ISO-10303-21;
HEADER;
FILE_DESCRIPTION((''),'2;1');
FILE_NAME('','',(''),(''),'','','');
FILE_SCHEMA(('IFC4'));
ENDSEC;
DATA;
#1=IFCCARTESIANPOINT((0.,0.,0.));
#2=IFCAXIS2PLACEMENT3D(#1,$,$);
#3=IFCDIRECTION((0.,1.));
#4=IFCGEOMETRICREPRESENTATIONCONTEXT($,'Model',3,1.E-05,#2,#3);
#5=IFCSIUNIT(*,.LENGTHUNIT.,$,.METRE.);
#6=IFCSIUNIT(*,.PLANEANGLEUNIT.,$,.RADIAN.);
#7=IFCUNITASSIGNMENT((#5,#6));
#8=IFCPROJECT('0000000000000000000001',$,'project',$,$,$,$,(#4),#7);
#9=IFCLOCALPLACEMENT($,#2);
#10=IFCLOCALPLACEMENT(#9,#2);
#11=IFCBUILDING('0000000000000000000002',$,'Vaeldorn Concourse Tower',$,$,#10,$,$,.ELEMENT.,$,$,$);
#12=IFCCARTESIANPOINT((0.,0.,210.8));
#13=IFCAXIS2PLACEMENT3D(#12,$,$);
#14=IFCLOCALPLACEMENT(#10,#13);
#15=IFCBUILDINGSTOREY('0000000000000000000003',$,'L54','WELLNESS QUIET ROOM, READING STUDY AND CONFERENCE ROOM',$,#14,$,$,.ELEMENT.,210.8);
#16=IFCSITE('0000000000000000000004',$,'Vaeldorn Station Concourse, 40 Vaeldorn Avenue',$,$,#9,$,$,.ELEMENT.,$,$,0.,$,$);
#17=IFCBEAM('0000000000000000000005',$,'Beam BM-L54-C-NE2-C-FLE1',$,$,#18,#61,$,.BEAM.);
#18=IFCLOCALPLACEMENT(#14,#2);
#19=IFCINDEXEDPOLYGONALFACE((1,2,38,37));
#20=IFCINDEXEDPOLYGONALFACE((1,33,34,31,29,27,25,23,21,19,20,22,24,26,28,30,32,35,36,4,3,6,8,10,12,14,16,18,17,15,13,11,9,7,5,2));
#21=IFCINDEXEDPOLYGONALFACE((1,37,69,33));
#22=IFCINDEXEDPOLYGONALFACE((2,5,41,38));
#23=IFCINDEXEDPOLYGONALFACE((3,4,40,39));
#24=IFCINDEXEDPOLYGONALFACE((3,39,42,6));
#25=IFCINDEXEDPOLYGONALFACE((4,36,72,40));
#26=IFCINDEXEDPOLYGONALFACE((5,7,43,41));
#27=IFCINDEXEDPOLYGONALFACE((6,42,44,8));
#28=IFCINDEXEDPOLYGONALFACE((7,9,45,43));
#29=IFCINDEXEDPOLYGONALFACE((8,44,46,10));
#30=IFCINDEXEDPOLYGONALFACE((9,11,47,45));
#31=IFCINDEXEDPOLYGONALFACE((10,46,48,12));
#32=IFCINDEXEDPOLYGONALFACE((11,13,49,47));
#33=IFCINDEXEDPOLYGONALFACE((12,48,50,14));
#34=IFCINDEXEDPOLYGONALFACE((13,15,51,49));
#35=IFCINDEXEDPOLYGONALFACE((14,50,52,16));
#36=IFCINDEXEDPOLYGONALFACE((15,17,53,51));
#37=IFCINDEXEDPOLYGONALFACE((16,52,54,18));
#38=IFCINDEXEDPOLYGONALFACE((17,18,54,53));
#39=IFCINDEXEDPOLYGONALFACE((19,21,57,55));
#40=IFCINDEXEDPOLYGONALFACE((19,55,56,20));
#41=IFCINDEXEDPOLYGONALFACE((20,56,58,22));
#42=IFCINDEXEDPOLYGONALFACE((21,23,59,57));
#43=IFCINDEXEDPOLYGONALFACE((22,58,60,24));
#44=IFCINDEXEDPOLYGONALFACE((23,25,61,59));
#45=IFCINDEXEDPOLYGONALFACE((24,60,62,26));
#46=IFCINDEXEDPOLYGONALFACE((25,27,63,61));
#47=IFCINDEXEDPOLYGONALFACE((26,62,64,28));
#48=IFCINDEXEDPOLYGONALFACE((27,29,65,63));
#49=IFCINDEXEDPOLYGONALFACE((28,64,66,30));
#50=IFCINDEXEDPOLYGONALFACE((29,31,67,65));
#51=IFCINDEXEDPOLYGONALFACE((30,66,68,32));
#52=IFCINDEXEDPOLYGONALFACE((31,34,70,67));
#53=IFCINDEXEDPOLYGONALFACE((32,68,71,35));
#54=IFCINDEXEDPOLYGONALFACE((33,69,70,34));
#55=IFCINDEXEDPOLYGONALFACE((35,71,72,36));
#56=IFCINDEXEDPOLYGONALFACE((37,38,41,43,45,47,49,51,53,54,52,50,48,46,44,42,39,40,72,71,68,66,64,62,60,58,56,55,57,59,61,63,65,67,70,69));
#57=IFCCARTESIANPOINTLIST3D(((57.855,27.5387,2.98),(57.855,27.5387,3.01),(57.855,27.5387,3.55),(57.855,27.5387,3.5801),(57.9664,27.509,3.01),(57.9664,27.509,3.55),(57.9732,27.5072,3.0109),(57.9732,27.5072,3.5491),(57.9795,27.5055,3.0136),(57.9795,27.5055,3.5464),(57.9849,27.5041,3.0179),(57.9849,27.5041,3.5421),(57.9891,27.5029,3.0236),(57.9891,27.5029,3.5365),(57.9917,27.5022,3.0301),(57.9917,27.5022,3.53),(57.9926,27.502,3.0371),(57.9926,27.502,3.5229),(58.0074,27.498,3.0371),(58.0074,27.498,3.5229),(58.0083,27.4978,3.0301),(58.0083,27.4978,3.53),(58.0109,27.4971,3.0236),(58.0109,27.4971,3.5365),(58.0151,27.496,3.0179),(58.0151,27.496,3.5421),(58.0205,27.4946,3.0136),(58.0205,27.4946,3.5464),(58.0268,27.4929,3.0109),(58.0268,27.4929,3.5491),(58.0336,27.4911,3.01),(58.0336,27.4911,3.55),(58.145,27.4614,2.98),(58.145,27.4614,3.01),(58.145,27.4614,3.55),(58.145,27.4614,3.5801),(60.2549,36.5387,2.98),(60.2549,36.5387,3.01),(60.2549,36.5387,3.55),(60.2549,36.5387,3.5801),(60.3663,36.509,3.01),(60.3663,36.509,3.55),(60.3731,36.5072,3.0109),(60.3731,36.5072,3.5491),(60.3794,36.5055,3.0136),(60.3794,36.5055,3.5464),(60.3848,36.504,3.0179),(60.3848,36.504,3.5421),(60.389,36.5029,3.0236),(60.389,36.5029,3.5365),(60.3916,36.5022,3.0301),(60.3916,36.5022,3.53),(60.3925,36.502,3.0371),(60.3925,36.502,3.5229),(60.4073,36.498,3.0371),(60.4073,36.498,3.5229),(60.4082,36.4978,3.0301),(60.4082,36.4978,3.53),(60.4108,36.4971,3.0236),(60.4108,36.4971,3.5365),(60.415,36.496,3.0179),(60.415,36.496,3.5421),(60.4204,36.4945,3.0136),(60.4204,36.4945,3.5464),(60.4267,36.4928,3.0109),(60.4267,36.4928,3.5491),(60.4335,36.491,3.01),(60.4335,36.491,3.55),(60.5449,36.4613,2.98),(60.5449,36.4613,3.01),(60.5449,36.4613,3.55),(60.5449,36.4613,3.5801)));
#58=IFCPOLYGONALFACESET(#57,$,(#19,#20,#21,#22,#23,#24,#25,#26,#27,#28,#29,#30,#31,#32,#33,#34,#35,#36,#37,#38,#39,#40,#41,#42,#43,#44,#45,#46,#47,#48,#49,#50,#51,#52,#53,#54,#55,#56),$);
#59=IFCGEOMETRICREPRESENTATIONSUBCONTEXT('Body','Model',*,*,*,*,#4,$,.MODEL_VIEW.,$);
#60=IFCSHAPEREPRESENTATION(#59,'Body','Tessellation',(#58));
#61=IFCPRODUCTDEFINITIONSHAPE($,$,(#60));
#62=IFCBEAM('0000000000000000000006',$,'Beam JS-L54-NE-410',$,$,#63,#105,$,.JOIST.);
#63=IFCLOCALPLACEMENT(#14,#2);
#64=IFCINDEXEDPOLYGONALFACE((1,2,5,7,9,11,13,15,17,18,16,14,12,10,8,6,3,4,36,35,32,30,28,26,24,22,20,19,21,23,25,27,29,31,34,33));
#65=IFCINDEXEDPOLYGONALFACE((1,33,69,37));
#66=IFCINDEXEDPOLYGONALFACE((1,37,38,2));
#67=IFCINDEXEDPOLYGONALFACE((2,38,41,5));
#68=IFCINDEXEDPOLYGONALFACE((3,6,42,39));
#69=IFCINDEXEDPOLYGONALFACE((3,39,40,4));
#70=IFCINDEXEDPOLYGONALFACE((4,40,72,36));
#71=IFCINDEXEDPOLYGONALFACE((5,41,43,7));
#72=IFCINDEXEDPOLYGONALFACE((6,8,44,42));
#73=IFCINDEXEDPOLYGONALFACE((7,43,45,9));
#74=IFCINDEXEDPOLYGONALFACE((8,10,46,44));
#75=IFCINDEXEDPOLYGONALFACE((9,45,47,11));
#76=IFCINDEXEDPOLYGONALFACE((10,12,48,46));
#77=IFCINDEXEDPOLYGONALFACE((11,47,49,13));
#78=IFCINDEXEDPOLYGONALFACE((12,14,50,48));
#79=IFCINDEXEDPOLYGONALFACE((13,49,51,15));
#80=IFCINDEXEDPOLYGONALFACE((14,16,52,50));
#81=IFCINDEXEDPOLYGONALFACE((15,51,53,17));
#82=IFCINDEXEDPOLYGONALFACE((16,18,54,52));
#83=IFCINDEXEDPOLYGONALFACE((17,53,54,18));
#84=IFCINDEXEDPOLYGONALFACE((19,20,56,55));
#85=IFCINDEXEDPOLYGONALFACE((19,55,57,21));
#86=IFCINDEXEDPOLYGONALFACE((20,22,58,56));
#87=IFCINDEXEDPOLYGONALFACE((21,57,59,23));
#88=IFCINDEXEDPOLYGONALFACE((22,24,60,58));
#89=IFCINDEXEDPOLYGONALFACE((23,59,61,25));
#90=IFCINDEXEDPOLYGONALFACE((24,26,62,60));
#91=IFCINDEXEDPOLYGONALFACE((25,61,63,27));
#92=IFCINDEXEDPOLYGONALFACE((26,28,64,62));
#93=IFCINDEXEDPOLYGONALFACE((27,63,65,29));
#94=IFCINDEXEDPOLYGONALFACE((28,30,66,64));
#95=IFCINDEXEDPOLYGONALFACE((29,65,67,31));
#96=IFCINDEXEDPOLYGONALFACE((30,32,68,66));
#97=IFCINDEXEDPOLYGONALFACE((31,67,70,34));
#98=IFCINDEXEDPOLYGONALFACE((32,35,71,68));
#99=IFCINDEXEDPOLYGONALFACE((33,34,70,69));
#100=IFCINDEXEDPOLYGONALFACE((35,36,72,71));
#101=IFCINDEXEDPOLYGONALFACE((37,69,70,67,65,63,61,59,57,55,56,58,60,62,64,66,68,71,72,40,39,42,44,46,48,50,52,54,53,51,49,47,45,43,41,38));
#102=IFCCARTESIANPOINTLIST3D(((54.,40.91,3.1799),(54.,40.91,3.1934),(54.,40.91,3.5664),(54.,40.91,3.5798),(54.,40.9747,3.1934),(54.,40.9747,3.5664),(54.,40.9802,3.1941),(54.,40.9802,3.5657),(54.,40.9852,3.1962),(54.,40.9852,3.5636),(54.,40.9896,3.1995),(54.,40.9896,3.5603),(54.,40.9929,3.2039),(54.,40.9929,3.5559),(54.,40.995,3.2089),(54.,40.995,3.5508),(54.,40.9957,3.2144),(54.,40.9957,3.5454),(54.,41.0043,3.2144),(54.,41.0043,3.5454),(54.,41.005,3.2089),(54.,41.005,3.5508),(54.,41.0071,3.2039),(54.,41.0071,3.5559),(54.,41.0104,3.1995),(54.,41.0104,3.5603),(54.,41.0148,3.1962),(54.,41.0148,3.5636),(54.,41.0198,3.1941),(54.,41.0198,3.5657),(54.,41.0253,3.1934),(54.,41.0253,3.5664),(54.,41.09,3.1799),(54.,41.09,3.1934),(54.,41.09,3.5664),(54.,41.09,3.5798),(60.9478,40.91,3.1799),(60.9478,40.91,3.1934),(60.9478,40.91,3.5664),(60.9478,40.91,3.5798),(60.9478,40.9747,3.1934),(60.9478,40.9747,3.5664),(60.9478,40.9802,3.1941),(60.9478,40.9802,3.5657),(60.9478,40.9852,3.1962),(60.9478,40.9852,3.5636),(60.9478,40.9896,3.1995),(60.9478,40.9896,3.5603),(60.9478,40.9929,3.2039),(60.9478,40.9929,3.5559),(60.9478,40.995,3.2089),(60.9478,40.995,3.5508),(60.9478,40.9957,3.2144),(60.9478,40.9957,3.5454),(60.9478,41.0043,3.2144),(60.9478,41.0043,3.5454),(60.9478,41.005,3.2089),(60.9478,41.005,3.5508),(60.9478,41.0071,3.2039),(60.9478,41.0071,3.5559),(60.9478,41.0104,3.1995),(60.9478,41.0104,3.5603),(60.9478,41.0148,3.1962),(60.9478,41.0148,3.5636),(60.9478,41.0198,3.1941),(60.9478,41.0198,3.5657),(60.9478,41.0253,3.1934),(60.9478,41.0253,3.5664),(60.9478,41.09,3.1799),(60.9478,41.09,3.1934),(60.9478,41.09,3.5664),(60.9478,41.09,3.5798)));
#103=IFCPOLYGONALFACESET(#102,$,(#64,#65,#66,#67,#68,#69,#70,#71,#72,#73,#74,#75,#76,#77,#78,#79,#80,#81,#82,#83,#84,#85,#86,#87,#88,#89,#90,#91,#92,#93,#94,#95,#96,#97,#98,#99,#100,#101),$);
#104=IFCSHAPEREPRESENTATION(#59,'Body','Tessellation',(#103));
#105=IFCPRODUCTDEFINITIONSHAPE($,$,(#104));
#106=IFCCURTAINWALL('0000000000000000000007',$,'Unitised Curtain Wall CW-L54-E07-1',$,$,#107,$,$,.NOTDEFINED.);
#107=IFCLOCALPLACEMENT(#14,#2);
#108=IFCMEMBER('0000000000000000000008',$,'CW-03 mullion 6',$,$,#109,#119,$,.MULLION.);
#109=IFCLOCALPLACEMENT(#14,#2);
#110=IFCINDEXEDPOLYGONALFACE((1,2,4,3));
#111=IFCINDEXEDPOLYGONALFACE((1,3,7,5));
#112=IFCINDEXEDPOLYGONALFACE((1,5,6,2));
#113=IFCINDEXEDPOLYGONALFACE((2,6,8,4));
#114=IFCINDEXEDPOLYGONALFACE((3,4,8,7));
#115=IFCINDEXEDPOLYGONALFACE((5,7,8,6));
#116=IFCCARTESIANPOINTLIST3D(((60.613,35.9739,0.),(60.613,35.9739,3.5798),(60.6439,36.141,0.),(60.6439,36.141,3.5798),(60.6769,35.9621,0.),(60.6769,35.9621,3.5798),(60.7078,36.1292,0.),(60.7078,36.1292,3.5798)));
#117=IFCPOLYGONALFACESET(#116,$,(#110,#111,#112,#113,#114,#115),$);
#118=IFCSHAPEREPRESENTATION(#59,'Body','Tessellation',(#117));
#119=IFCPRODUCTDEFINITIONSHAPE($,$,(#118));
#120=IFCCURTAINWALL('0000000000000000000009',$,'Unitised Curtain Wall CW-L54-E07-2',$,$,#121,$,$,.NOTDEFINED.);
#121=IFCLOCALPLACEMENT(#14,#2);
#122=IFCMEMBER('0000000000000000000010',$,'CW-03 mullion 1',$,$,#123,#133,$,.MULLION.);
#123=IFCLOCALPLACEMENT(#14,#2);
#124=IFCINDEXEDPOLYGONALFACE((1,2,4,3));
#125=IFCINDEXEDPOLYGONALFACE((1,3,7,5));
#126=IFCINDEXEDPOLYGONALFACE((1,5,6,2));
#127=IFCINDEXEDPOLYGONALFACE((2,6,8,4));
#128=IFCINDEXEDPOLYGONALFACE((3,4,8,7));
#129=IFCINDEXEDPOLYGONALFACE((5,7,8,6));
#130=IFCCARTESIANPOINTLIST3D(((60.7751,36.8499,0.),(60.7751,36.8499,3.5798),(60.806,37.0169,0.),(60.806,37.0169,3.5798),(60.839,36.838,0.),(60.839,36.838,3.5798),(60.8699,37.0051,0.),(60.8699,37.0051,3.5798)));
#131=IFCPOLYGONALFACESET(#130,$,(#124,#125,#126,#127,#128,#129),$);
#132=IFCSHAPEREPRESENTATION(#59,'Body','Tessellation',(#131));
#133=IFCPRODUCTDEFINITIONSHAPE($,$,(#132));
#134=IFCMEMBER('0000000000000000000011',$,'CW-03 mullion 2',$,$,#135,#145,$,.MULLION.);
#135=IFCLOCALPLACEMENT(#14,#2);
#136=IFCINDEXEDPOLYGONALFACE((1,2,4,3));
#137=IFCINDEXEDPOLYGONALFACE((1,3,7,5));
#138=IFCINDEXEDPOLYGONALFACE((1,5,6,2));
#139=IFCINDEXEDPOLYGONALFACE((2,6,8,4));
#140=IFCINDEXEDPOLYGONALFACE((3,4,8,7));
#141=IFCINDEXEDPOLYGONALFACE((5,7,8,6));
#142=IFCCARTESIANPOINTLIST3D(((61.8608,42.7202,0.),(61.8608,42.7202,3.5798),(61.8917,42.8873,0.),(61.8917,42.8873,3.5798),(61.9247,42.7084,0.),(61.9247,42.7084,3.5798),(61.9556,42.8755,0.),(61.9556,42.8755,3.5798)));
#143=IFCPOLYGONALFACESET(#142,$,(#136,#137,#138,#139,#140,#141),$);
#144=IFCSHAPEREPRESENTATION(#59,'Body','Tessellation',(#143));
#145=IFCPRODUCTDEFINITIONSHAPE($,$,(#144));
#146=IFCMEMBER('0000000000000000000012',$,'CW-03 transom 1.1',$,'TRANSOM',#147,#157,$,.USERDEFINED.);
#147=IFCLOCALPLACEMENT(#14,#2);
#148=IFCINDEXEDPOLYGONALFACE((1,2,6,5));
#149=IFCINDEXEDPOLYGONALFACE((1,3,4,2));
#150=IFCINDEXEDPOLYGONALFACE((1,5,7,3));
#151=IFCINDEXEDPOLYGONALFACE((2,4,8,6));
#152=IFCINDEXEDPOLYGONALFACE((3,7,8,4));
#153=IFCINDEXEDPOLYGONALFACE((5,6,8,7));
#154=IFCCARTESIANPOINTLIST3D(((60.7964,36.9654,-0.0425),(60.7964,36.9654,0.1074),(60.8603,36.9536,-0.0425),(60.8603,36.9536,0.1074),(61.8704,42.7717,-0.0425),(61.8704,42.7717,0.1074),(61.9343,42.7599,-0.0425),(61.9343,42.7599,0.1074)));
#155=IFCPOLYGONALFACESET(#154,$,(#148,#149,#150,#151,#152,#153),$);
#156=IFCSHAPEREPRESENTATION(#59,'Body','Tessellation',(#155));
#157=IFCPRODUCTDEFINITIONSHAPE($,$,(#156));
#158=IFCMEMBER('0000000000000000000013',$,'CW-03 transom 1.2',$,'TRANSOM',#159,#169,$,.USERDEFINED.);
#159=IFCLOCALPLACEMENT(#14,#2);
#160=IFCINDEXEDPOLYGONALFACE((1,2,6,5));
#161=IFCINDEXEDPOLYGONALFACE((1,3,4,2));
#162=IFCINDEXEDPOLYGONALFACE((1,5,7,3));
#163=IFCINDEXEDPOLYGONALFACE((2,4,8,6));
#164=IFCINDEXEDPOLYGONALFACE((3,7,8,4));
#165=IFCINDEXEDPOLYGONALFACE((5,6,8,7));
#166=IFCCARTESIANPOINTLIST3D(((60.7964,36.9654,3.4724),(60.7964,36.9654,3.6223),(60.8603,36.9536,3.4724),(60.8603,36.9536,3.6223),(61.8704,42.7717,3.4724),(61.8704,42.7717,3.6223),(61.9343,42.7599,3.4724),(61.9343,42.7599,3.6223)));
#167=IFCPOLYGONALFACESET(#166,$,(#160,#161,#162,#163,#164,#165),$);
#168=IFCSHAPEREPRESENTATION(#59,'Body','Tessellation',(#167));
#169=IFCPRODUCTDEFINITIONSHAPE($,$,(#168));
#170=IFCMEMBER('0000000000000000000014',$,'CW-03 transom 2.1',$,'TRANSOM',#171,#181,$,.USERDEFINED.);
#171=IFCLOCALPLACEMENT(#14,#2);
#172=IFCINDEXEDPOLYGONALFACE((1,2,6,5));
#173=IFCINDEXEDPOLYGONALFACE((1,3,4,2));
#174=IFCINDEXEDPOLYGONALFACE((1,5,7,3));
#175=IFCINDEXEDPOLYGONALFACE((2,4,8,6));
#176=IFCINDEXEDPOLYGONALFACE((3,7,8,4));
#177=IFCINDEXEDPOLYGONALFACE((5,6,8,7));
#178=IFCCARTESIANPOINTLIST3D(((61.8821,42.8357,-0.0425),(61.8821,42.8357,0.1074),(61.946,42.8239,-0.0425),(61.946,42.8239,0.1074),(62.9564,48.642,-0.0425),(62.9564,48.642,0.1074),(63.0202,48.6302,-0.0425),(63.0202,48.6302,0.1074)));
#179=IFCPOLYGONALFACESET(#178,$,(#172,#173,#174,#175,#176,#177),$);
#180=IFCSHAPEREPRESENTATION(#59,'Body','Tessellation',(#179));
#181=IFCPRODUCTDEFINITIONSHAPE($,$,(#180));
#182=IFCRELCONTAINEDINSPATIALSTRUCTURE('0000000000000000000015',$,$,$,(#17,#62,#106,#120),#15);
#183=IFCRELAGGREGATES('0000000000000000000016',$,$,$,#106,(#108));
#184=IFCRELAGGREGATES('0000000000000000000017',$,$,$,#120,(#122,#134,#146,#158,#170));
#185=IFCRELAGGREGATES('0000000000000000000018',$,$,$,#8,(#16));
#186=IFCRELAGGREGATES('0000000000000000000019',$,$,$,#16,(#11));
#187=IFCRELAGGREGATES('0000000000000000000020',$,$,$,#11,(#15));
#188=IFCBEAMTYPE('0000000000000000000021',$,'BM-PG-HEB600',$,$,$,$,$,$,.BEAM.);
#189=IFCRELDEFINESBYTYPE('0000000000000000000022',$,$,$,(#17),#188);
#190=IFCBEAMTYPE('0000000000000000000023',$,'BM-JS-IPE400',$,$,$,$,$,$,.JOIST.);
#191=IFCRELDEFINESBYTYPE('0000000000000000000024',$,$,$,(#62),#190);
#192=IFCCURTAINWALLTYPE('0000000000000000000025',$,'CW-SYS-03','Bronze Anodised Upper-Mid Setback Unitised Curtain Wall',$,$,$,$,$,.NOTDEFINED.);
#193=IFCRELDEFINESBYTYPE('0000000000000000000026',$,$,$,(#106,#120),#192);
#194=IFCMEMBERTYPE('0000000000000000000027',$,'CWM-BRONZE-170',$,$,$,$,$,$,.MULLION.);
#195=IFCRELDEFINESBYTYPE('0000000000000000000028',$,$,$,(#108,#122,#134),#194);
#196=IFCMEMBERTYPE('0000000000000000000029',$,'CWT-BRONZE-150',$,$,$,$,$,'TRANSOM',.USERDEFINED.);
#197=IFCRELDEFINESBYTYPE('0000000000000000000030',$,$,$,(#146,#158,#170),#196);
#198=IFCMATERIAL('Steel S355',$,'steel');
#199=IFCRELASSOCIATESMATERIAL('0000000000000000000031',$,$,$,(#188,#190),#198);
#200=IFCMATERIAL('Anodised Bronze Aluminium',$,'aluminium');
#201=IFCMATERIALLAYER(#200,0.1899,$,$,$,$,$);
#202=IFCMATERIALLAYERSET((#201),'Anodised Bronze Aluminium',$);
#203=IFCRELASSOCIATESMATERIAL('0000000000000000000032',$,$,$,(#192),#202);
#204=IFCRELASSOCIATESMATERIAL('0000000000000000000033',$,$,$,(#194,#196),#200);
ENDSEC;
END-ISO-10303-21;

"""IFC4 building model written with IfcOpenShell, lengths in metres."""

from ifc_helpers import new_model, si_unit, direction, frame, origin, origin_2d, place, context, subcontext, project, spatial, rectangle, i_section, extrude, source, transform, mapped, material, layer, layer_set, material_profile, profile_set, type_object, element, aggregate, save


model = new_model("IFC4")

# Units and contexts
model_context = context("Model", 3, precision=1e-05, world=origin(), true_north=direction((0.0, 1.0)))
body_context = subcontext(model_context, "Body", "Model", "MODEL_VIEW")
ifc_project = project(units=[si_unit("LENGTHUNIT", "METRE"), si_unit("PLANEANGLEUNIT", "RADIAN")], contexts=[model_context])

# Site, building, storey
site_placement = place(None, origin())
site = spatial("IfcSite", under=ifc_project, at=site_placement, Name="Vaeldorn Station Concourse, 40 Vaeldorn Avenue", CompositionType="ELEMENT", RefElevation=0.0)
building_placement = place(site_placement, origin())
building = spatial("IfcBuilding", under=site, at=building_placement, Name="Vaeldorn Concourse Tower", CompositionType="ELEMENT")
storey_placement = place(building_placement, frame((0.0, 0.0, 210.8)))
storey = spatial("IfcBuildingStorey", under=building, at=storey_placement, Name="L54", Description="WELLNESS QUIET ROOM, READING STUDY AND CONFERENCE ROOM", CompositionType="ELEMENT", Elevation=210.8)

# Beams
ifc_material_1 = material(Name="Steel S355", Category="steel")
ifc_material_profile_1 = material_profile(ifc_material_1, i_section(OverallWidth=0.3, OverallDepth=0.6001, WebThickness=0.0154, FlangeThickness=0.03, FilletRadius=0.0271, at=origin_2d()), Name="HEB 600")
ifc_profile_set_1 = profile_set([ifc_material_profile_1], Name="Steel S355")
beam_type_1 = type_object("IfcBeamType", Name="BM-PG-HEB600", PredefinedType="BEAM", material=ifc_profile_set_1)
shared_shape_1 = source(origin(), body_context, "Body", "SweptSolid", [
    extrude(i_section(OverallWidth=0.3, OverallDepth=0.6001, WebThickness=0.0154, FlangeThickness=0.03, FilletRadius=0.0271, at=origin_2d()), origin(), (0.0, 0.0, 1.0), 9.3145),
])
beam_1_placement = place(storey_placement, frame((60.3999, 36.5, 3.28), z_axis=(-0.257653, -0.966238, 0.0), x_axis=(0.966238, -0.257653, 0.0)))
element("IfcBeam", 1, at=beam_1_placement, inside=storey, type_object=beam_type_1, Name="Beam BM-L54-C-NE2-C-FLE1", PredefinedType="BEAM", context=body_context, shape_type="MappedRepresentation", body=[
    mapped(shared_shape_1, transform((0.0, 0.0, 0.0), scale=1.0)),
])
ifc_material_profile_2 = material_profile(ifc_material_1, i_section(OverallWidth=0.1799, OverallDepth=0.3999, WebThickness=0.0085, FlangeThickness=0.0134, FilletRadius=0.021, at=origin_2d()), Name="IPE 400")
ifc_profile_set_2 = profile_set([ifc_material_profile_2], Name="Steel S355")
beam_type_2 = type_object("IfcBeamType", Name="BM-JS-IPE400", PredefinedType="JOIST", material=ifc_profile_set_2)
shared_shape_2 = source(origin(), body_context, "Body", "SweptSolid", [
    extrude(i_section(OverallWidth=0.1799, OverallDepth=0.3999, WebThickness=0.0085, FlangeThickness=0.0134, FilletRadius=0.021, at=origin_2d()), origin(), (0.0, 0.0, 1.0), 6.9478),
])
beam_2_placement = place(storey_placement, frame((54.0, 41.0, 3.3799), z_axis=(1.0, 0.0, 0.0), x_axis=(0.0, 1.0, 0.0)))
element("IfcBeam", 2, at=beam_2_placement, inside=storey, type_object=beam_type_2, Name="Beam JS-L54-NE-410", PredefinedType="JOIST", context=body_context, shape_type="MappedRepresentation", body=[
    mapped(shared_shape_2, transform((0.0, 0.0, 0.0), scale=1.0)),
])

# Curtain wall, member
ifc_material_2 = material(Name="Anodised Bronze Aluminium", Category="aluminium")
ifc_layer_1 = layer(ifc_material_2, 0.1899)
ifc_layer_set_1 = layer_set([ifc_layer_1], Name="Anodised Bronze Aluminium")
curtain_wall_type = type_object("IfcCurtainWallType", Name="CW-SYS-03", Description="Bronze Anodised Upper-Mid Setback Unitised Curtain Wall", PredefinedType="NOTDEFINED", material=ifc_layer_set_1)
curtain_wall_1_placement = place(storey_placement, origin())
curtain_wall_1 = element("IfcCurtainWall", 3, at=curtain_wall_1_placement, inside=storey, type_object=curtain_wall_type, Name="Unitised Curtain Wall CW-L54-E07-1", PredefinedType="NOTDEFINED")
ifc_material_profile_3 = material_profile(ifc_material_2, rectangle(XDim=0.0649, YDim=0.1699, at=origin_2d()), Name="CWM 65x170")
ifc_profile_set_3 = profile_set([ifc_material_profile_3], Name="Anodised Bronze Aluminium")
member_type_1 = type_object("IfcMemberType", Name="CWM-BRONZE-170", PredefinedType="MULLION", material=ifc_profile_set_3)
shared_shape_3 = source(origin(), body_context, "Body", "SweptSolid", [
    extrude(rectangle(XDim=0.0649, YDim=0.1699, at=origin_2d()), origin(), (0.0, 0.0, 1.0), 3.5798),
])
member_1_placement = place(storey_placement, frame((60.6604, 36.0515, 0.0), z_axis=(0.0, 0.0, 1.0), x_axis=(-0.983319, 0.181889, 0.0)))
member_1 = element("IfcMember", 4, at=member_1_placement, type_object=member_type_1, Name="CW-03 mullion 6", PredefinedType="MULLION", context=body_context, shape_type="MappedRepresentation", body=[
    mapped(shared_shape_3, transform((0.0, 0.0, 0.0), scale=1.0)),
])
aggregate(curtain_wall_1, [member_1])

# Curtain wall, members
curtain_wall_2_placement = place(storey_placement, origin())
curtain_wall_2 = element("IfcCurtainWall", 5, at=curtain_wall_2_placement, inside=storey, type_object=curtain_wall_type, Name="Unitised Curtain Wall CW-L54-E07-2", PredefinedType="NOTDEFINED")
member_2_placement = place(storey_placement, frame((60.8225, 36.9275, 0.0), z_axis=(0.0, 0.0, 1.0), x_axis=(-0.983319, 0.181888, 0.0)))
member_2 = element("IfcMember", 6, at=member_2_placement, type_object=member_type_1, Name="CW-03 mullion 1", PredefinedType="MULLION", context=body_context, shape_type="MappedRepresentation", body=[
    mapped(shared_shape_3, transform((0.0, 0.0, 0.0), scale=1.0)),
])
member_3_placement = place(storey_placement, frame((61.9082, 42.7979, 0.0), z_axis=(0.0, 0.0, 1.0), x_axis=(-0.983319, 0.181888, 0.0)))
member_3 = element("IfcMember", 7, at=member_3_placement, type_object=member_type_1, Name="CW-03 mullion 2", PredefinedType="MULLION", context=body_context, shape_type="MappedRepresentation", body=[
    mapped(shared_shape_3, transform((0.0, 0.0, 0.0), scale=1.0)),
])
ifc_material_profile_4 = material_profile(ifc_material_2, rectangle(XDim=0.0649, YDim=0.1499, at=origin_2d()), Name="CWT 65x150")
ifc_profile_set_4 = profile_set([ifc_material_profile_4], Name="Anodised Bronze Aluminium")
member_type_2 = type_object("IfcMemberType", Name="CWT-BRONZE-150", ElementType="TRANSOM", PredefinedType="USERDEFINED", material=ifc_profile_set_4)
shared_shape_4 = source(origin(), body_context, "Body", "SweptSolid", [
    extrude(rectangle(XDim=0.0649, YDim=0.1499, at=origin_2d()), origin(), (0.0, 0.0, 1.0), 5.9048),
])
member_4_placement = place(storey_placement, frame((60.8284, 36.9595, 0.0325), z_axis=(0.181879, 0.983321, 0.0), x_axis=(-0.983321, 0.181879, 0.0)))
member_4 = element("IfcMember", 8, at=member_4_placement, type_object=member_type_2, Name="CW-03 transom 1.1", ObjectType="TRANSOM", PredefinedType="USERDEFINED", context=body_context, shape_type="MappedRepresentation", body=[
    mapped(shared_shape_4, transform((0.0, 0.0, 0.0), scale=1.0)),
])
member_5_placement = place(storey_placement, frame((60.8284, 36.9595, 3.5474), z_axis=(0.181879, 0.983321, 0.0), x_axis=(-0.983321, 0.181879, 0.0)))
member_5 = element("IfcMember", 9, at=member_5_placement, type_object=member_type_2, Name="CW-03 transom 1.2", ObjectType="TRANSOM", PredefinedType="USERDEFINED", context=body_context, shape_type="MappedRepresentation", body=[
    mapped(shared_shape_4, transform((0.0, 0.0, 0.0), scale=1.0)),
])
member_6_placement = place(storey_placement, frame((61.9141, 42.8298, 0.0325), z_axis=(0.181926, 0.983312, 0.0), x_axis=(-0.983312, 0.181926, 0.0)))
member_6 = element("IfcMember", 10, at=member_6_placement, type_object=member_type_2, Name="CW-03 transom 2.1", ObjectType="TRANSOM", PredefinedType="USERDEFINED", context=body_context, shape_type="MappedRepresentation", body=[
    mapped(shared_shape_4, transform((0.0, 0.0, 0.0), scale=1.0)),
])
aggregate(curtain_wall_2, [member_2, member_3, member_4, member_5, member_6])

save(model, "model.ifc")
